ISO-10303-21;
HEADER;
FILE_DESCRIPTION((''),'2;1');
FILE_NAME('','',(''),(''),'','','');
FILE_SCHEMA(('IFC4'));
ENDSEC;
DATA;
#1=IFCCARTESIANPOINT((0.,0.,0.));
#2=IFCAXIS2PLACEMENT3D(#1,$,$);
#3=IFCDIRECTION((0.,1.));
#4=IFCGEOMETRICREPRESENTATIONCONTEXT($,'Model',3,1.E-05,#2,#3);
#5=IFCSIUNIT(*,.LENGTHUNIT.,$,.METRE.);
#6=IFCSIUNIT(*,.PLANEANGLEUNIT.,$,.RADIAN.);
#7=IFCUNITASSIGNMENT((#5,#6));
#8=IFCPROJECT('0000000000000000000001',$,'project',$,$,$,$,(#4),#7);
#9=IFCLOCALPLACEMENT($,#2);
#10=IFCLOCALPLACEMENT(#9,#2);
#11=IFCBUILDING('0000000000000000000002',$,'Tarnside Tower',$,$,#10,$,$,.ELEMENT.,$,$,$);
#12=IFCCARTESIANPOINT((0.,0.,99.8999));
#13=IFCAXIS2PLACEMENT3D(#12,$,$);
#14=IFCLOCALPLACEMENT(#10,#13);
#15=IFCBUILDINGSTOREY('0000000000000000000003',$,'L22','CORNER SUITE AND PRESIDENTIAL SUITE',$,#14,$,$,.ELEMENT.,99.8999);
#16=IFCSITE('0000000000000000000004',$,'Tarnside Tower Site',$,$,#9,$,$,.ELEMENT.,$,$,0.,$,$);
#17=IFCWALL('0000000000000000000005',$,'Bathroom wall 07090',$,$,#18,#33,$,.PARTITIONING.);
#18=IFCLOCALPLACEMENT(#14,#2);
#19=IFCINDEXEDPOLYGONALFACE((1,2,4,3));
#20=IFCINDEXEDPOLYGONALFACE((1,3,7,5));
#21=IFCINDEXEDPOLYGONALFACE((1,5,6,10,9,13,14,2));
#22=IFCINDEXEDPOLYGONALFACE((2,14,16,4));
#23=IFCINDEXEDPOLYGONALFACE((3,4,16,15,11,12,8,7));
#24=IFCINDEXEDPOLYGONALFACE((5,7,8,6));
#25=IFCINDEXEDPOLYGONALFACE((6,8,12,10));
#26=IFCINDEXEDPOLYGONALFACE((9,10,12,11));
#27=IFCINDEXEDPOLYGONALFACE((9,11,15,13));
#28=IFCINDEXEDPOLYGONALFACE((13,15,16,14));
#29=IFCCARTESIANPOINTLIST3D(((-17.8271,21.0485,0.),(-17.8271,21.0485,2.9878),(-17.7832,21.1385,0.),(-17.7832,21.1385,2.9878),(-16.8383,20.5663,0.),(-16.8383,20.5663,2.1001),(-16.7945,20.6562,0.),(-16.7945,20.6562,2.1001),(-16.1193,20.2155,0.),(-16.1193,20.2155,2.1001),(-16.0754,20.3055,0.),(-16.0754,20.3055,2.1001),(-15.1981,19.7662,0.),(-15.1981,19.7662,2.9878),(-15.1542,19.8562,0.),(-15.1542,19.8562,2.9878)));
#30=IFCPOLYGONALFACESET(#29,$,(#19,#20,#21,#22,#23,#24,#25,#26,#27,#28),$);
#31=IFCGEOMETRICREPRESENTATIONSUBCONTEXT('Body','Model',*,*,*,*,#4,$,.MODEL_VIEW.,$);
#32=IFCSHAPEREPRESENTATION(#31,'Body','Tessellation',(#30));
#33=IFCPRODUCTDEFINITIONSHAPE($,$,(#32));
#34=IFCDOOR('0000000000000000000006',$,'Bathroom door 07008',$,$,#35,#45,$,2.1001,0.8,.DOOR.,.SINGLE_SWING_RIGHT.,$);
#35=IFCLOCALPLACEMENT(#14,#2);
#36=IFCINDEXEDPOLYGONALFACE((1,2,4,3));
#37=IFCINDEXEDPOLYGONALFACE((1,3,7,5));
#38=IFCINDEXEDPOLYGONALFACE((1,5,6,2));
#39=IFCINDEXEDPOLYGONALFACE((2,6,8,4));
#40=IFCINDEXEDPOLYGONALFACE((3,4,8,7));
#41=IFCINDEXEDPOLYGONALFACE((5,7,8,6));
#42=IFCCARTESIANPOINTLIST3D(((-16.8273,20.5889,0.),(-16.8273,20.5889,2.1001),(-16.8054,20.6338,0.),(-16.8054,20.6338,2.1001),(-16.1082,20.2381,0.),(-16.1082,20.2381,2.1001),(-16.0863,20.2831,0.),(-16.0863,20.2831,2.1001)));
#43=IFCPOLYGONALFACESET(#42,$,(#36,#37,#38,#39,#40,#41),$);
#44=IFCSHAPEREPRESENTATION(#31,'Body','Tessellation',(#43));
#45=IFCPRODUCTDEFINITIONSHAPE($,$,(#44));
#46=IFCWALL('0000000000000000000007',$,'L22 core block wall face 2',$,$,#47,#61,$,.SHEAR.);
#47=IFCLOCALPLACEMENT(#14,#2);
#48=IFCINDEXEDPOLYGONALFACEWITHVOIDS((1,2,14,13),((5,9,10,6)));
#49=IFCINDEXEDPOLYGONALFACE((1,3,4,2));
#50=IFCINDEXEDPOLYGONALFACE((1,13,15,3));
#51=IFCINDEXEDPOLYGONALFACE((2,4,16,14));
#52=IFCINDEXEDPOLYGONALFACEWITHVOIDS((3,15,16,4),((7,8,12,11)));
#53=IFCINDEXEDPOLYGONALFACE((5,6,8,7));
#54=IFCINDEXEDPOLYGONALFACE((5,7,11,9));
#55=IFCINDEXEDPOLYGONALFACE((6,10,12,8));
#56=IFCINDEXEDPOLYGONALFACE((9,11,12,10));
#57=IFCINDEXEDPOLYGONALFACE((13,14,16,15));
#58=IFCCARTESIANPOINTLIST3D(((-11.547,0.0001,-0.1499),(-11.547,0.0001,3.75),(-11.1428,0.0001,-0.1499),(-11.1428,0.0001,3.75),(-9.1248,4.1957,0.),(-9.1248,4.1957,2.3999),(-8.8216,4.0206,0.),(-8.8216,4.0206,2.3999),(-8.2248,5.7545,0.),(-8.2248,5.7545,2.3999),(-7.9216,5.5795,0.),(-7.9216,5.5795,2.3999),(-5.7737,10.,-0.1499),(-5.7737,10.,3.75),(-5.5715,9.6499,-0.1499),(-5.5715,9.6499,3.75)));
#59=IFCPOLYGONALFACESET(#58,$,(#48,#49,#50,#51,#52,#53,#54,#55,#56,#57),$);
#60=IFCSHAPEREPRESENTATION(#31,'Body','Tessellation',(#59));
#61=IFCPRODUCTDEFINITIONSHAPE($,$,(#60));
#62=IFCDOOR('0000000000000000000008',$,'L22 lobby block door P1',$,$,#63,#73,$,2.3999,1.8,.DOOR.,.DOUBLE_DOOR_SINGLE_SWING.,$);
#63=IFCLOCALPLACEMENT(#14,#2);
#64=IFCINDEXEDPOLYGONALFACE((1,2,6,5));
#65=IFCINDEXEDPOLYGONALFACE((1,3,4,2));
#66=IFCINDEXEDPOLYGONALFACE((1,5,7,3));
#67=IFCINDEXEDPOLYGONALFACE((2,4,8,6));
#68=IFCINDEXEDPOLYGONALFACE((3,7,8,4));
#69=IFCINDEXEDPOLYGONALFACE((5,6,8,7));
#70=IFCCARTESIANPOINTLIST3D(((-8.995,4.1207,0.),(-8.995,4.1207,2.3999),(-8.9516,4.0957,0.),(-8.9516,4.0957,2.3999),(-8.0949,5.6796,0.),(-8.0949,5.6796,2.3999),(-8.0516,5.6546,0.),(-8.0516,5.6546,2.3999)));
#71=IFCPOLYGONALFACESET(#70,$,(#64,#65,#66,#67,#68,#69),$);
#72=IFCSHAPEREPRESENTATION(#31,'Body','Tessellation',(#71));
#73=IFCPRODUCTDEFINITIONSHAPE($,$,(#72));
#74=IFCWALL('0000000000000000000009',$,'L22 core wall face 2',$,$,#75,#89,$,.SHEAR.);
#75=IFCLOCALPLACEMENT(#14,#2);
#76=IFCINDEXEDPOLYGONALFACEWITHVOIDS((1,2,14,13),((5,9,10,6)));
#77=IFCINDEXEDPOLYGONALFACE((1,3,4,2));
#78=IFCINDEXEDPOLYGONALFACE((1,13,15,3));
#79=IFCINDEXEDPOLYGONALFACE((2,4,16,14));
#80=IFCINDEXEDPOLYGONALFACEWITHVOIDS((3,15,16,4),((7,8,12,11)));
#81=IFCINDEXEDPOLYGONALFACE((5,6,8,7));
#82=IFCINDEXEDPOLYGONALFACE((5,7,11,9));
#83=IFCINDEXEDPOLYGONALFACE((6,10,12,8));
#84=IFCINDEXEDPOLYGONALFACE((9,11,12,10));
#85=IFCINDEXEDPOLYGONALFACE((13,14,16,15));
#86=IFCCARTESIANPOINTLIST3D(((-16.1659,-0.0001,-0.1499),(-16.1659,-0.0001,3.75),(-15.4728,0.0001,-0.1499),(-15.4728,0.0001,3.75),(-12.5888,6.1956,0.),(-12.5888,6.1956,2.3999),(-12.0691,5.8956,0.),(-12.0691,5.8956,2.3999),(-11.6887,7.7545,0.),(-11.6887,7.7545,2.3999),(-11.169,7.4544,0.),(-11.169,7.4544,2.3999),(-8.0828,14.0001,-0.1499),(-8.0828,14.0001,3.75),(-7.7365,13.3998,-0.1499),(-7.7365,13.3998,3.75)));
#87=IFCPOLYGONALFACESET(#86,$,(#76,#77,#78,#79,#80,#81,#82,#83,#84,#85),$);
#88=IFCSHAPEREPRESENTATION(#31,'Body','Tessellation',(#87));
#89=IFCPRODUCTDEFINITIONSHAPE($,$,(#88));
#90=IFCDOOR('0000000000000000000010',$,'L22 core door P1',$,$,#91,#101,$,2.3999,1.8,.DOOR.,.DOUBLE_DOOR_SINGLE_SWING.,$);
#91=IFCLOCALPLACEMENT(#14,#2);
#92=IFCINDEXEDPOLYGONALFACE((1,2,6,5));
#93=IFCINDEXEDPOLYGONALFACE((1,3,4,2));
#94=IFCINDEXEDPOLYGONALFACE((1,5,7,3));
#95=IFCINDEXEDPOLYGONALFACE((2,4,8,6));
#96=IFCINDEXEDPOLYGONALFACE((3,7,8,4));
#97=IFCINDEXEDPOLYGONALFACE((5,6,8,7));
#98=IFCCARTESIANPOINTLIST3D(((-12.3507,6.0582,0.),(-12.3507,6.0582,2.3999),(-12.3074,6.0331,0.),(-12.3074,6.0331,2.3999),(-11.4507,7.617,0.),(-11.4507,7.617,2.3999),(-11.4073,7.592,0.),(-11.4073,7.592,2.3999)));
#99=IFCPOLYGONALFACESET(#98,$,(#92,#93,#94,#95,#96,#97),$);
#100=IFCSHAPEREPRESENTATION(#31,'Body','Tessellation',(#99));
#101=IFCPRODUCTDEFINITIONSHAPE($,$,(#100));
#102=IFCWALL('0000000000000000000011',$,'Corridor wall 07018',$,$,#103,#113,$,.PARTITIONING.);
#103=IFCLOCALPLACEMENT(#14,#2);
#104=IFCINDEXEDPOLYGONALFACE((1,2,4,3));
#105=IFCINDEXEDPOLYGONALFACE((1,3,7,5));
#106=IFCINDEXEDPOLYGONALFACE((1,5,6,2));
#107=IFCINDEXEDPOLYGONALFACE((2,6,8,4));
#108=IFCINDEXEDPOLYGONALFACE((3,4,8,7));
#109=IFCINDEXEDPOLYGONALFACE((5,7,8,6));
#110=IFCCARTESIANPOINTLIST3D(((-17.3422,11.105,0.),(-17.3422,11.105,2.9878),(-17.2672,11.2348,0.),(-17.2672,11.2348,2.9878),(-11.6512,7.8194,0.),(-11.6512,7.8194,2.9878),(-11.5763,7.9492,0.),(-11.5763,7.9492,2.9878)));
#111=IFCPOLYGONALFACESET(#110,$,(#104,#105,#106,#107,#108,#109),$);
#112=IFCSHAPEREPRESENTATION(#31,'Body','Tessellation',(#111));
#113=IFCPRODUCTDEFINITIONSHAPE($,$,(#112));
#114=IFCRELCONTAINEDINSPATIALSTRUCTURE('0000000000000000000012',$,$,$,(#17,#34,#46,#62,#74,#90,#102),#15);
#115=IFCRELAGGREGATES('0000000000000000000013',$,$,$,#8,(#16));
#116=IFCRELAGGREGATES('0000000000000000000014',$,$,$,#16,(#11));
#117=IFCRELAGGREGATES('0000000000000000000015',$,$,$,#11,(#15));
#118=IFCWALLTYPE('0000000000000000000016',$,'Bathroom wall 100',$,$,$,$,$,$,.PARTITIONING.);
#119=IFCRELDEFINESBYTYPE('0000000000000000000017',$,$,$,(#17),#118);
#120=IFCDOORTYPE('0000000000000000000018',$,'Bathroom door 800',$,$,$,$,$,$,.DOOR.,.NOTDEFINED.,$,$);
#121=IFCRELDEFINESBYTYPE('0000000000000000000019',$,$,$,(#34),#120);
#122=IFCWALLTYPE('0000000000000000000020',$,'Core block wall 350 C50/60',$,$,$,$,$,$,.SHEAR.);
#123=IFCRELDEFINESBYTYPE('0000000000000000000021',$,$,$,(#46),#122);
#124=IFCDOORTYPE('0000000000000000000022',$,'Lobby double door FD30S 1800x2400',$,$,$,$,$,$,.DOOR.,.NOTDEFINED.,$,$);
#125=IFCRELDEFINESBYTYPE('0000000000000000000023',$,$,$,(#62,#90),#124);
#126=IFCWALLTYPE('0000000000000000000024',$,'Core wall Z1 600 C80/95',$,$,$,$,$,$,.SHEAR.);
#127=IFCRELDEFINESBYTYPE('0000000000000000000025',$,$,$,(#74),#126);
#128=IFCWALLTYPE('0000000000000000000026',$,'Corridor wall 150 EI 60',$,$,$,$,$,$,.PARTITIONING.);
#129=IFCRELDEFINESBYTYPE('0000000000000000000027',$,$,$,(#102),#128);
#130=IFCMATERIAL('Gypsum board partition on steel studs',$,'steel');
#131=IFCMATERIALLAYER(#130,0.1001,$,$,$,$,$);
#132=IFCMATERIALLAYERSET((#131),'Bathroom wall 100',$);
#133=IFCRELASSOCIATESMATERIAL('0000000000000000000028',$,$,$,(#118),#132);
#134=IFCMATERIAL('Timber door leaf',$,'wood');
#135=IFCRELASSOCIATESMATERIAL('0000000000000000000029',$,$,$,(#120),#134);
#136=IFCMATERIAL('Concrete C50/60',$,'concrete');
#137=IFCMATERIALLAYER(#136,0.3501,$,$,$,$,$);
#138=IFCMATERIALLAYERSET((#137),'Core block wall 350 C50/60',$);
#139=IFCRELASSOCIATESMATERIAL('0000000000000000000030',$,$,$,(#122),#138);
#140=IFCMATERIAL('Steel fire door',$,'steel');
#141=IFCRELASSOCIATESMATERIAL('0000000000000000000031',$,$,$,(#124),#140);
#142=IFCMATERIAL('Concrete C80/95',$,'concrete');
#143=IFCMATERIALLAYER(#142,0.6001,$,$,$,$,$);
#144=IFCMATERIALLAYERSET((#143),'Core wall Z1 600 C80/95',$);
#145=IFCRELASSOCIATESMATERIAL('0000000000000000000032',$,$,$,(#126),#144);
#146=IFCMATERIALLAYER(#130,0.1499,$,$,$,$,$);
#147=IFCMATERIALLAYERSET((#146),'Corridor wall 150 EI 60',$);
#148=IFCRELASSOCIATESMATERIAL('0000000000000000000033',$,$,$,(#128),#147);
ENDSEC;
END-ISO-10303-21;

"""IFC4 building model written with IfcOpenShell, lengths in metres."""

from ifc_helpers import new_model, si_unit, direction, frame, frame_2d, origin, place, context, subcontext, project, spatial, polyline, rectangle, outline, extrude, material, layer, layer_set, type_object, element, fill, save


model = new_model("IFC4")

# Units and contexts
model_context = context("Model", 3, precision=1e-05, world=origin(), true_north=direction((0.0, 1.0)))
body_context = subcontext(model_context, "Body", "Model", "MODEL_VIEW")
ifc_project = project(units=[si_unit("LENGTHUNIT", "METRE"), si_unit("PLANEANGLEUNIT", "RADIAN")], contexts=[model_context])

# Site, building, storey
site_placement = place(None, origin())
site = spatial("IfcSite", under=ifc_project, at=site_placement, Name="Tarnside Tower Site", CompositionType="ELEMENT", RefElevation=0.0)
building_placement = place(site_placement, origin())
building = spatial("IfcBuilding", under=site, at=building_placement, Name="Tarnside Tower", CompositionType="ELEMENT")
storey_placement = place(building_placement, frame((0.0, 0.0, 99.8999)))
storey = spatial("IfcBuildingStorey", under=building, at=storey_placement, Name="L22", Description="CORNER SUITE AND PRESIDENTIAL SUITE", CompositionType="ELEMENT", Elevation=99.8999)

# Walls, openings, doors
ifc_material_1 = material(Name="Gypsum board partition on steel studs", Category="steel")
ifc_layer_1 = layer(ifc_material_1, 0.1001)
ifc_layer_set_1 = layer_set([ifc_layer_1], Name="Bathroom wall 100")
wall_type_1 = type_object("IfcWallType", Name="Bathroom wall 100", PredefinedType="PARTITIONING", material=ifc_layer_set_1)
wall_1_placement = place(storey_placement, frame((-15.1763, 19.8113, 0.0), z_axis=(0.0, 0.0, 1.0), x_axis=(-0.898791, 0.438378, 0.0)))
wall_1 = element("IfcWall", 1, at=wall_1_placement, inside=storey, type_object=wall_type_1, Name="Bathroom wall 07090", PredefinedType="PARTITIONING", context=body_context, shape_type="SweptSolid", body=[
    extrude(rectangle(XDim=2.925, YDim=0.1001, at=frame_2d((1.4624, 0.0))), origin(), (0.0, 0.0, 1.0), 2.9878),
])
opening_1_placement = place(wall_1_placement, frame((1.0249, 0.0, 0.0)))
opening_1 = element("IfcOpeningElement", 2, at=opening_1_placement, cuts=wall_1, PredefinedType="OPENING", context=body_context, shape_type="SweptSolid", body=[
    extrude(rectangle(XDim=0.8, YDim=2.1001, at=frame_2d((0.3999, 1.05))), frame((0.0, 0.0601, 0.0), z_axis=(0.0, -1.0, 0.0), x_axis=(1.0, 0.0, 0.0)), (0.0, 0.0, 1.0), 0.1201),
])
ifc_material_2 = material(Name="Timber door leaf", Category="wood")
door_type_1 = type_object("IfcDoorType", Name="Bathroom door 800", OperationType="NOTDEFINED", PredefinedType="DOOR", material=ifc_material_2)
door_1_placement = place(opening_1_placement, origin())
door_1 = element("IfcDoor", 3, at=door_1_placement, inside=storey, type_object=door_type_1, Name="Bathroom door 07008", OperationType="SINGLE_SWING_RIGHT", OverallHeight=2.1001, OverallWidth=0.8, PredefinedType="DOOR", context=body_context, shape_type="SweptSolid", body=[
    extrude(rectangle(XDim=0.8, YDim=2.1001, at=frame_2d((0.3999, 1.05))), frame((0.0, 0.0249, 0.0), z_axis=(0.0, -1.0, 0.0), x_axis=(1.0, 0.0, 0.0)), (0.0, 0.0, 1.0), 0.05),
])
fill(opening_1, door_1)
ifc_material_3 = material(Name="Concrete C50/60", Category="concrete")
ifc_layer_2 = layer(ifc_material_3, 0.3501)
ifc_layer_set_2 = layer_set([ifc_layer_2], Name="Core block wall 350 C50/60")
wall_type_2 = type_object("IfcWallType", Name="Core block wall 350 C50/60", PredefinedType="SHEAR", material=ifc_layer_set_2)
wall_2_placement = place(storey_placement, frame((-5.6726, 9.825, -0.1499), z_axis=(0.0, 0.0, 1.0), x_axis=(-0.499995, -0.866028, 0.0)))
wall_2 = element("IfcWall", 4, at=wall_2_placement, inside=storey, type_object=wall_type_2, Name="L22 core block wall face 2", PredefinedType="SHEAR", context=body_context, shape_type="SweptSolid", body=[
    extrude(outline(polyline([(-0.1011, -0.175), (11.4458, -0.175), (11.2437, 0.175), (0.1011, 0.175), (-0.1011, -0.175)])), origin(), (0.0, 0.0, 1.0), 3.8999),
])
opening_2_placement = place(wall_2_placement, frame((4.8013, 0.0, 0.1499)))
opening_2 = element("IfcOpeningElement", 5, at=opening_2_placement, cuts=wall_2, PredefinedType="OPENING", context=body_context, shape_type="SweptSolid", body=[
    extrude(rectangle(XDim=1.8, YDim=2.3999, at=frame_2d((0.8999, 1.2))), frame((0.0, 0.1851, 0.0), z_axis=(0.0, -1.0, 0.0), x_axis=(1.0, 0.0, 0.0)), (0.0, 0.0, 1.0), 0.3701),
])
ifc_material_4 = material(Name="Steel fire door", Category="steel")
door_type_2 = type_object("IfcDoorType", Name="Lobby double door FD30S 1800x2400", OperationType="NOTDEFINED", PredefinedType="DOOR", material=ifc_material_4)
door_2_placement = place(opening_2_placement, origin())
door_2 = element("IfcDoor", 6, at=door_2_placement, inside=storey, type_object=door_type_2, Name="L22 lobby block door P1", OperationType="DOUBLE_DOOR_SINGLE_SWING", OverallHeight=2.3999, OverallWidth=1.8, PredefinedType="DOOR", context=body_context, shape_type="SweptSolid", body=[
    extrude(rectangle(XDim=1.8, YDim=2.3999, at=frame_2d((0.8999, 1.2))), frame((0.0, 0.0249, 0.0), z_axis=(0.0, -1.0, 0.0), x_axis=(1.0, 0.0, 0.0)), (0.0, 0.0, 1.0), 0.05),
])
fill(opening_2, door_2)
ifc_material_5 = material(Name="Concrete C80/95", Category="concrete")
ifc_layer_3 = layer(ifc_material_5, 0.6001)
ifc_layer_set_3 = layer_set([ifc_layer_3], Name="Core wall Z1 600 C80/95")
wall_type_3 = type_object("IfcWallType", Name="Core wall Z1 600 C80/95", PredefinedType="SHEAR", material=ifc_layer_set_3)
wall_3_placement = place(storey_placement, frame((-7.9097, 13.7, -0.1499), z_axis=(0.0, 0.0, 1.0), x_axis=(-0.5, -0.866025, 0.0)))
wall_3 = element("IfcWall", 7, at=wall_3_placement, inside=storey, type_object=wall_type_3, Name="L22 core wall face 2", PredefinedType="SHEAR", context=body_context, shape_type="SweptSolid", body=[
    extrude(outline(polyline([(-0.1733, -0.3), (15.9927, -0.3), (15.646, 0.3), (0.1733, 0.3), (-0.1733, -0.3)])), origin(), (0.0, 0.0, 1.0), 3.8999),
])
opening_3_placement = place(wall_3_placement, frame((7.0386, 0.0, 0.1499)))
opening_3 = element("IfcOpeningElement", 8, at=opening_3_placement, cuts=wall_3, PredefinedType="OPENING", context=body_context, shape_type="SweptSolid", body=[
    extrude(rectangle(XDim=1.8, YDim=2.3999, at=frame_2d((0.8999, 1.2))), frame((0.0, 0.3101, 0.0), z_axis=(0.0, -1.0, 0.0), x_axis=(1.0, 0.0, 0.0)), (0.0, 0.0, 1.0), 0.6201),
])
door_3_placement = place(opening_3_placement, origin())
door_3 = element("IfcDoor", 9, at=door_3_placement, inside=storey, type_object=door_type_2, Name="L22 core door P1", OperationType="DOUBLE_DOOR_SINGLE_SWING", OverallHeight=2.3999, OverallWidth=1.8, PredefinedType="DOOR", context=body_context, shape_type="SweptSolid", body=[
    extrude(rectangle(XDim=1.8, YDim=2.3999, at=frame_2d((0.8999, 1.2))), frame((0.0, 0.0249, 0.0), z_axis=(0.0, -1.0, 0.0), x_axis=(1.0, 0.0, 0.0)), (0.0, 0.0, 1.0), 0.05),
])
fill(opening_3, door_3)

# Wall
ifc_layer_4 = layer(ifc_material_1, 0.1499)
ifc_layer_set_4 = layer_set([ifc_layer_4], Name="Corridor wall 150 EI 60")
wall_type_4 = type_object("IfcWallType", Name="Corridor wall 150 EI 60", PredefinedType="PARTITIONING", material=ifc_layer_set_4)
wall_4_placement = place(storey_placement, frame((-11.6138, 7.8843, 0.0), z_axis=(0.0, 0.0, 1.0), x_axis=(-0.866026, 0.499999, 0.0)))
element("IfcWall", 10, at=wall_4_placement, inside=storey, type_object=wall_type_4, Name="Corridor wall 07018", PredefinedType="PARTITIONING", context=body_context, shape_type="SweptSolid", body=[
    extrude(rectangle(XDim=6.5713, YDim=0.1499, at=frame_2d((3.2856, 0.0))), origin(), (0.0, 0.0, 1.0), 2.9878),
])

save(model, "model.ifc")
